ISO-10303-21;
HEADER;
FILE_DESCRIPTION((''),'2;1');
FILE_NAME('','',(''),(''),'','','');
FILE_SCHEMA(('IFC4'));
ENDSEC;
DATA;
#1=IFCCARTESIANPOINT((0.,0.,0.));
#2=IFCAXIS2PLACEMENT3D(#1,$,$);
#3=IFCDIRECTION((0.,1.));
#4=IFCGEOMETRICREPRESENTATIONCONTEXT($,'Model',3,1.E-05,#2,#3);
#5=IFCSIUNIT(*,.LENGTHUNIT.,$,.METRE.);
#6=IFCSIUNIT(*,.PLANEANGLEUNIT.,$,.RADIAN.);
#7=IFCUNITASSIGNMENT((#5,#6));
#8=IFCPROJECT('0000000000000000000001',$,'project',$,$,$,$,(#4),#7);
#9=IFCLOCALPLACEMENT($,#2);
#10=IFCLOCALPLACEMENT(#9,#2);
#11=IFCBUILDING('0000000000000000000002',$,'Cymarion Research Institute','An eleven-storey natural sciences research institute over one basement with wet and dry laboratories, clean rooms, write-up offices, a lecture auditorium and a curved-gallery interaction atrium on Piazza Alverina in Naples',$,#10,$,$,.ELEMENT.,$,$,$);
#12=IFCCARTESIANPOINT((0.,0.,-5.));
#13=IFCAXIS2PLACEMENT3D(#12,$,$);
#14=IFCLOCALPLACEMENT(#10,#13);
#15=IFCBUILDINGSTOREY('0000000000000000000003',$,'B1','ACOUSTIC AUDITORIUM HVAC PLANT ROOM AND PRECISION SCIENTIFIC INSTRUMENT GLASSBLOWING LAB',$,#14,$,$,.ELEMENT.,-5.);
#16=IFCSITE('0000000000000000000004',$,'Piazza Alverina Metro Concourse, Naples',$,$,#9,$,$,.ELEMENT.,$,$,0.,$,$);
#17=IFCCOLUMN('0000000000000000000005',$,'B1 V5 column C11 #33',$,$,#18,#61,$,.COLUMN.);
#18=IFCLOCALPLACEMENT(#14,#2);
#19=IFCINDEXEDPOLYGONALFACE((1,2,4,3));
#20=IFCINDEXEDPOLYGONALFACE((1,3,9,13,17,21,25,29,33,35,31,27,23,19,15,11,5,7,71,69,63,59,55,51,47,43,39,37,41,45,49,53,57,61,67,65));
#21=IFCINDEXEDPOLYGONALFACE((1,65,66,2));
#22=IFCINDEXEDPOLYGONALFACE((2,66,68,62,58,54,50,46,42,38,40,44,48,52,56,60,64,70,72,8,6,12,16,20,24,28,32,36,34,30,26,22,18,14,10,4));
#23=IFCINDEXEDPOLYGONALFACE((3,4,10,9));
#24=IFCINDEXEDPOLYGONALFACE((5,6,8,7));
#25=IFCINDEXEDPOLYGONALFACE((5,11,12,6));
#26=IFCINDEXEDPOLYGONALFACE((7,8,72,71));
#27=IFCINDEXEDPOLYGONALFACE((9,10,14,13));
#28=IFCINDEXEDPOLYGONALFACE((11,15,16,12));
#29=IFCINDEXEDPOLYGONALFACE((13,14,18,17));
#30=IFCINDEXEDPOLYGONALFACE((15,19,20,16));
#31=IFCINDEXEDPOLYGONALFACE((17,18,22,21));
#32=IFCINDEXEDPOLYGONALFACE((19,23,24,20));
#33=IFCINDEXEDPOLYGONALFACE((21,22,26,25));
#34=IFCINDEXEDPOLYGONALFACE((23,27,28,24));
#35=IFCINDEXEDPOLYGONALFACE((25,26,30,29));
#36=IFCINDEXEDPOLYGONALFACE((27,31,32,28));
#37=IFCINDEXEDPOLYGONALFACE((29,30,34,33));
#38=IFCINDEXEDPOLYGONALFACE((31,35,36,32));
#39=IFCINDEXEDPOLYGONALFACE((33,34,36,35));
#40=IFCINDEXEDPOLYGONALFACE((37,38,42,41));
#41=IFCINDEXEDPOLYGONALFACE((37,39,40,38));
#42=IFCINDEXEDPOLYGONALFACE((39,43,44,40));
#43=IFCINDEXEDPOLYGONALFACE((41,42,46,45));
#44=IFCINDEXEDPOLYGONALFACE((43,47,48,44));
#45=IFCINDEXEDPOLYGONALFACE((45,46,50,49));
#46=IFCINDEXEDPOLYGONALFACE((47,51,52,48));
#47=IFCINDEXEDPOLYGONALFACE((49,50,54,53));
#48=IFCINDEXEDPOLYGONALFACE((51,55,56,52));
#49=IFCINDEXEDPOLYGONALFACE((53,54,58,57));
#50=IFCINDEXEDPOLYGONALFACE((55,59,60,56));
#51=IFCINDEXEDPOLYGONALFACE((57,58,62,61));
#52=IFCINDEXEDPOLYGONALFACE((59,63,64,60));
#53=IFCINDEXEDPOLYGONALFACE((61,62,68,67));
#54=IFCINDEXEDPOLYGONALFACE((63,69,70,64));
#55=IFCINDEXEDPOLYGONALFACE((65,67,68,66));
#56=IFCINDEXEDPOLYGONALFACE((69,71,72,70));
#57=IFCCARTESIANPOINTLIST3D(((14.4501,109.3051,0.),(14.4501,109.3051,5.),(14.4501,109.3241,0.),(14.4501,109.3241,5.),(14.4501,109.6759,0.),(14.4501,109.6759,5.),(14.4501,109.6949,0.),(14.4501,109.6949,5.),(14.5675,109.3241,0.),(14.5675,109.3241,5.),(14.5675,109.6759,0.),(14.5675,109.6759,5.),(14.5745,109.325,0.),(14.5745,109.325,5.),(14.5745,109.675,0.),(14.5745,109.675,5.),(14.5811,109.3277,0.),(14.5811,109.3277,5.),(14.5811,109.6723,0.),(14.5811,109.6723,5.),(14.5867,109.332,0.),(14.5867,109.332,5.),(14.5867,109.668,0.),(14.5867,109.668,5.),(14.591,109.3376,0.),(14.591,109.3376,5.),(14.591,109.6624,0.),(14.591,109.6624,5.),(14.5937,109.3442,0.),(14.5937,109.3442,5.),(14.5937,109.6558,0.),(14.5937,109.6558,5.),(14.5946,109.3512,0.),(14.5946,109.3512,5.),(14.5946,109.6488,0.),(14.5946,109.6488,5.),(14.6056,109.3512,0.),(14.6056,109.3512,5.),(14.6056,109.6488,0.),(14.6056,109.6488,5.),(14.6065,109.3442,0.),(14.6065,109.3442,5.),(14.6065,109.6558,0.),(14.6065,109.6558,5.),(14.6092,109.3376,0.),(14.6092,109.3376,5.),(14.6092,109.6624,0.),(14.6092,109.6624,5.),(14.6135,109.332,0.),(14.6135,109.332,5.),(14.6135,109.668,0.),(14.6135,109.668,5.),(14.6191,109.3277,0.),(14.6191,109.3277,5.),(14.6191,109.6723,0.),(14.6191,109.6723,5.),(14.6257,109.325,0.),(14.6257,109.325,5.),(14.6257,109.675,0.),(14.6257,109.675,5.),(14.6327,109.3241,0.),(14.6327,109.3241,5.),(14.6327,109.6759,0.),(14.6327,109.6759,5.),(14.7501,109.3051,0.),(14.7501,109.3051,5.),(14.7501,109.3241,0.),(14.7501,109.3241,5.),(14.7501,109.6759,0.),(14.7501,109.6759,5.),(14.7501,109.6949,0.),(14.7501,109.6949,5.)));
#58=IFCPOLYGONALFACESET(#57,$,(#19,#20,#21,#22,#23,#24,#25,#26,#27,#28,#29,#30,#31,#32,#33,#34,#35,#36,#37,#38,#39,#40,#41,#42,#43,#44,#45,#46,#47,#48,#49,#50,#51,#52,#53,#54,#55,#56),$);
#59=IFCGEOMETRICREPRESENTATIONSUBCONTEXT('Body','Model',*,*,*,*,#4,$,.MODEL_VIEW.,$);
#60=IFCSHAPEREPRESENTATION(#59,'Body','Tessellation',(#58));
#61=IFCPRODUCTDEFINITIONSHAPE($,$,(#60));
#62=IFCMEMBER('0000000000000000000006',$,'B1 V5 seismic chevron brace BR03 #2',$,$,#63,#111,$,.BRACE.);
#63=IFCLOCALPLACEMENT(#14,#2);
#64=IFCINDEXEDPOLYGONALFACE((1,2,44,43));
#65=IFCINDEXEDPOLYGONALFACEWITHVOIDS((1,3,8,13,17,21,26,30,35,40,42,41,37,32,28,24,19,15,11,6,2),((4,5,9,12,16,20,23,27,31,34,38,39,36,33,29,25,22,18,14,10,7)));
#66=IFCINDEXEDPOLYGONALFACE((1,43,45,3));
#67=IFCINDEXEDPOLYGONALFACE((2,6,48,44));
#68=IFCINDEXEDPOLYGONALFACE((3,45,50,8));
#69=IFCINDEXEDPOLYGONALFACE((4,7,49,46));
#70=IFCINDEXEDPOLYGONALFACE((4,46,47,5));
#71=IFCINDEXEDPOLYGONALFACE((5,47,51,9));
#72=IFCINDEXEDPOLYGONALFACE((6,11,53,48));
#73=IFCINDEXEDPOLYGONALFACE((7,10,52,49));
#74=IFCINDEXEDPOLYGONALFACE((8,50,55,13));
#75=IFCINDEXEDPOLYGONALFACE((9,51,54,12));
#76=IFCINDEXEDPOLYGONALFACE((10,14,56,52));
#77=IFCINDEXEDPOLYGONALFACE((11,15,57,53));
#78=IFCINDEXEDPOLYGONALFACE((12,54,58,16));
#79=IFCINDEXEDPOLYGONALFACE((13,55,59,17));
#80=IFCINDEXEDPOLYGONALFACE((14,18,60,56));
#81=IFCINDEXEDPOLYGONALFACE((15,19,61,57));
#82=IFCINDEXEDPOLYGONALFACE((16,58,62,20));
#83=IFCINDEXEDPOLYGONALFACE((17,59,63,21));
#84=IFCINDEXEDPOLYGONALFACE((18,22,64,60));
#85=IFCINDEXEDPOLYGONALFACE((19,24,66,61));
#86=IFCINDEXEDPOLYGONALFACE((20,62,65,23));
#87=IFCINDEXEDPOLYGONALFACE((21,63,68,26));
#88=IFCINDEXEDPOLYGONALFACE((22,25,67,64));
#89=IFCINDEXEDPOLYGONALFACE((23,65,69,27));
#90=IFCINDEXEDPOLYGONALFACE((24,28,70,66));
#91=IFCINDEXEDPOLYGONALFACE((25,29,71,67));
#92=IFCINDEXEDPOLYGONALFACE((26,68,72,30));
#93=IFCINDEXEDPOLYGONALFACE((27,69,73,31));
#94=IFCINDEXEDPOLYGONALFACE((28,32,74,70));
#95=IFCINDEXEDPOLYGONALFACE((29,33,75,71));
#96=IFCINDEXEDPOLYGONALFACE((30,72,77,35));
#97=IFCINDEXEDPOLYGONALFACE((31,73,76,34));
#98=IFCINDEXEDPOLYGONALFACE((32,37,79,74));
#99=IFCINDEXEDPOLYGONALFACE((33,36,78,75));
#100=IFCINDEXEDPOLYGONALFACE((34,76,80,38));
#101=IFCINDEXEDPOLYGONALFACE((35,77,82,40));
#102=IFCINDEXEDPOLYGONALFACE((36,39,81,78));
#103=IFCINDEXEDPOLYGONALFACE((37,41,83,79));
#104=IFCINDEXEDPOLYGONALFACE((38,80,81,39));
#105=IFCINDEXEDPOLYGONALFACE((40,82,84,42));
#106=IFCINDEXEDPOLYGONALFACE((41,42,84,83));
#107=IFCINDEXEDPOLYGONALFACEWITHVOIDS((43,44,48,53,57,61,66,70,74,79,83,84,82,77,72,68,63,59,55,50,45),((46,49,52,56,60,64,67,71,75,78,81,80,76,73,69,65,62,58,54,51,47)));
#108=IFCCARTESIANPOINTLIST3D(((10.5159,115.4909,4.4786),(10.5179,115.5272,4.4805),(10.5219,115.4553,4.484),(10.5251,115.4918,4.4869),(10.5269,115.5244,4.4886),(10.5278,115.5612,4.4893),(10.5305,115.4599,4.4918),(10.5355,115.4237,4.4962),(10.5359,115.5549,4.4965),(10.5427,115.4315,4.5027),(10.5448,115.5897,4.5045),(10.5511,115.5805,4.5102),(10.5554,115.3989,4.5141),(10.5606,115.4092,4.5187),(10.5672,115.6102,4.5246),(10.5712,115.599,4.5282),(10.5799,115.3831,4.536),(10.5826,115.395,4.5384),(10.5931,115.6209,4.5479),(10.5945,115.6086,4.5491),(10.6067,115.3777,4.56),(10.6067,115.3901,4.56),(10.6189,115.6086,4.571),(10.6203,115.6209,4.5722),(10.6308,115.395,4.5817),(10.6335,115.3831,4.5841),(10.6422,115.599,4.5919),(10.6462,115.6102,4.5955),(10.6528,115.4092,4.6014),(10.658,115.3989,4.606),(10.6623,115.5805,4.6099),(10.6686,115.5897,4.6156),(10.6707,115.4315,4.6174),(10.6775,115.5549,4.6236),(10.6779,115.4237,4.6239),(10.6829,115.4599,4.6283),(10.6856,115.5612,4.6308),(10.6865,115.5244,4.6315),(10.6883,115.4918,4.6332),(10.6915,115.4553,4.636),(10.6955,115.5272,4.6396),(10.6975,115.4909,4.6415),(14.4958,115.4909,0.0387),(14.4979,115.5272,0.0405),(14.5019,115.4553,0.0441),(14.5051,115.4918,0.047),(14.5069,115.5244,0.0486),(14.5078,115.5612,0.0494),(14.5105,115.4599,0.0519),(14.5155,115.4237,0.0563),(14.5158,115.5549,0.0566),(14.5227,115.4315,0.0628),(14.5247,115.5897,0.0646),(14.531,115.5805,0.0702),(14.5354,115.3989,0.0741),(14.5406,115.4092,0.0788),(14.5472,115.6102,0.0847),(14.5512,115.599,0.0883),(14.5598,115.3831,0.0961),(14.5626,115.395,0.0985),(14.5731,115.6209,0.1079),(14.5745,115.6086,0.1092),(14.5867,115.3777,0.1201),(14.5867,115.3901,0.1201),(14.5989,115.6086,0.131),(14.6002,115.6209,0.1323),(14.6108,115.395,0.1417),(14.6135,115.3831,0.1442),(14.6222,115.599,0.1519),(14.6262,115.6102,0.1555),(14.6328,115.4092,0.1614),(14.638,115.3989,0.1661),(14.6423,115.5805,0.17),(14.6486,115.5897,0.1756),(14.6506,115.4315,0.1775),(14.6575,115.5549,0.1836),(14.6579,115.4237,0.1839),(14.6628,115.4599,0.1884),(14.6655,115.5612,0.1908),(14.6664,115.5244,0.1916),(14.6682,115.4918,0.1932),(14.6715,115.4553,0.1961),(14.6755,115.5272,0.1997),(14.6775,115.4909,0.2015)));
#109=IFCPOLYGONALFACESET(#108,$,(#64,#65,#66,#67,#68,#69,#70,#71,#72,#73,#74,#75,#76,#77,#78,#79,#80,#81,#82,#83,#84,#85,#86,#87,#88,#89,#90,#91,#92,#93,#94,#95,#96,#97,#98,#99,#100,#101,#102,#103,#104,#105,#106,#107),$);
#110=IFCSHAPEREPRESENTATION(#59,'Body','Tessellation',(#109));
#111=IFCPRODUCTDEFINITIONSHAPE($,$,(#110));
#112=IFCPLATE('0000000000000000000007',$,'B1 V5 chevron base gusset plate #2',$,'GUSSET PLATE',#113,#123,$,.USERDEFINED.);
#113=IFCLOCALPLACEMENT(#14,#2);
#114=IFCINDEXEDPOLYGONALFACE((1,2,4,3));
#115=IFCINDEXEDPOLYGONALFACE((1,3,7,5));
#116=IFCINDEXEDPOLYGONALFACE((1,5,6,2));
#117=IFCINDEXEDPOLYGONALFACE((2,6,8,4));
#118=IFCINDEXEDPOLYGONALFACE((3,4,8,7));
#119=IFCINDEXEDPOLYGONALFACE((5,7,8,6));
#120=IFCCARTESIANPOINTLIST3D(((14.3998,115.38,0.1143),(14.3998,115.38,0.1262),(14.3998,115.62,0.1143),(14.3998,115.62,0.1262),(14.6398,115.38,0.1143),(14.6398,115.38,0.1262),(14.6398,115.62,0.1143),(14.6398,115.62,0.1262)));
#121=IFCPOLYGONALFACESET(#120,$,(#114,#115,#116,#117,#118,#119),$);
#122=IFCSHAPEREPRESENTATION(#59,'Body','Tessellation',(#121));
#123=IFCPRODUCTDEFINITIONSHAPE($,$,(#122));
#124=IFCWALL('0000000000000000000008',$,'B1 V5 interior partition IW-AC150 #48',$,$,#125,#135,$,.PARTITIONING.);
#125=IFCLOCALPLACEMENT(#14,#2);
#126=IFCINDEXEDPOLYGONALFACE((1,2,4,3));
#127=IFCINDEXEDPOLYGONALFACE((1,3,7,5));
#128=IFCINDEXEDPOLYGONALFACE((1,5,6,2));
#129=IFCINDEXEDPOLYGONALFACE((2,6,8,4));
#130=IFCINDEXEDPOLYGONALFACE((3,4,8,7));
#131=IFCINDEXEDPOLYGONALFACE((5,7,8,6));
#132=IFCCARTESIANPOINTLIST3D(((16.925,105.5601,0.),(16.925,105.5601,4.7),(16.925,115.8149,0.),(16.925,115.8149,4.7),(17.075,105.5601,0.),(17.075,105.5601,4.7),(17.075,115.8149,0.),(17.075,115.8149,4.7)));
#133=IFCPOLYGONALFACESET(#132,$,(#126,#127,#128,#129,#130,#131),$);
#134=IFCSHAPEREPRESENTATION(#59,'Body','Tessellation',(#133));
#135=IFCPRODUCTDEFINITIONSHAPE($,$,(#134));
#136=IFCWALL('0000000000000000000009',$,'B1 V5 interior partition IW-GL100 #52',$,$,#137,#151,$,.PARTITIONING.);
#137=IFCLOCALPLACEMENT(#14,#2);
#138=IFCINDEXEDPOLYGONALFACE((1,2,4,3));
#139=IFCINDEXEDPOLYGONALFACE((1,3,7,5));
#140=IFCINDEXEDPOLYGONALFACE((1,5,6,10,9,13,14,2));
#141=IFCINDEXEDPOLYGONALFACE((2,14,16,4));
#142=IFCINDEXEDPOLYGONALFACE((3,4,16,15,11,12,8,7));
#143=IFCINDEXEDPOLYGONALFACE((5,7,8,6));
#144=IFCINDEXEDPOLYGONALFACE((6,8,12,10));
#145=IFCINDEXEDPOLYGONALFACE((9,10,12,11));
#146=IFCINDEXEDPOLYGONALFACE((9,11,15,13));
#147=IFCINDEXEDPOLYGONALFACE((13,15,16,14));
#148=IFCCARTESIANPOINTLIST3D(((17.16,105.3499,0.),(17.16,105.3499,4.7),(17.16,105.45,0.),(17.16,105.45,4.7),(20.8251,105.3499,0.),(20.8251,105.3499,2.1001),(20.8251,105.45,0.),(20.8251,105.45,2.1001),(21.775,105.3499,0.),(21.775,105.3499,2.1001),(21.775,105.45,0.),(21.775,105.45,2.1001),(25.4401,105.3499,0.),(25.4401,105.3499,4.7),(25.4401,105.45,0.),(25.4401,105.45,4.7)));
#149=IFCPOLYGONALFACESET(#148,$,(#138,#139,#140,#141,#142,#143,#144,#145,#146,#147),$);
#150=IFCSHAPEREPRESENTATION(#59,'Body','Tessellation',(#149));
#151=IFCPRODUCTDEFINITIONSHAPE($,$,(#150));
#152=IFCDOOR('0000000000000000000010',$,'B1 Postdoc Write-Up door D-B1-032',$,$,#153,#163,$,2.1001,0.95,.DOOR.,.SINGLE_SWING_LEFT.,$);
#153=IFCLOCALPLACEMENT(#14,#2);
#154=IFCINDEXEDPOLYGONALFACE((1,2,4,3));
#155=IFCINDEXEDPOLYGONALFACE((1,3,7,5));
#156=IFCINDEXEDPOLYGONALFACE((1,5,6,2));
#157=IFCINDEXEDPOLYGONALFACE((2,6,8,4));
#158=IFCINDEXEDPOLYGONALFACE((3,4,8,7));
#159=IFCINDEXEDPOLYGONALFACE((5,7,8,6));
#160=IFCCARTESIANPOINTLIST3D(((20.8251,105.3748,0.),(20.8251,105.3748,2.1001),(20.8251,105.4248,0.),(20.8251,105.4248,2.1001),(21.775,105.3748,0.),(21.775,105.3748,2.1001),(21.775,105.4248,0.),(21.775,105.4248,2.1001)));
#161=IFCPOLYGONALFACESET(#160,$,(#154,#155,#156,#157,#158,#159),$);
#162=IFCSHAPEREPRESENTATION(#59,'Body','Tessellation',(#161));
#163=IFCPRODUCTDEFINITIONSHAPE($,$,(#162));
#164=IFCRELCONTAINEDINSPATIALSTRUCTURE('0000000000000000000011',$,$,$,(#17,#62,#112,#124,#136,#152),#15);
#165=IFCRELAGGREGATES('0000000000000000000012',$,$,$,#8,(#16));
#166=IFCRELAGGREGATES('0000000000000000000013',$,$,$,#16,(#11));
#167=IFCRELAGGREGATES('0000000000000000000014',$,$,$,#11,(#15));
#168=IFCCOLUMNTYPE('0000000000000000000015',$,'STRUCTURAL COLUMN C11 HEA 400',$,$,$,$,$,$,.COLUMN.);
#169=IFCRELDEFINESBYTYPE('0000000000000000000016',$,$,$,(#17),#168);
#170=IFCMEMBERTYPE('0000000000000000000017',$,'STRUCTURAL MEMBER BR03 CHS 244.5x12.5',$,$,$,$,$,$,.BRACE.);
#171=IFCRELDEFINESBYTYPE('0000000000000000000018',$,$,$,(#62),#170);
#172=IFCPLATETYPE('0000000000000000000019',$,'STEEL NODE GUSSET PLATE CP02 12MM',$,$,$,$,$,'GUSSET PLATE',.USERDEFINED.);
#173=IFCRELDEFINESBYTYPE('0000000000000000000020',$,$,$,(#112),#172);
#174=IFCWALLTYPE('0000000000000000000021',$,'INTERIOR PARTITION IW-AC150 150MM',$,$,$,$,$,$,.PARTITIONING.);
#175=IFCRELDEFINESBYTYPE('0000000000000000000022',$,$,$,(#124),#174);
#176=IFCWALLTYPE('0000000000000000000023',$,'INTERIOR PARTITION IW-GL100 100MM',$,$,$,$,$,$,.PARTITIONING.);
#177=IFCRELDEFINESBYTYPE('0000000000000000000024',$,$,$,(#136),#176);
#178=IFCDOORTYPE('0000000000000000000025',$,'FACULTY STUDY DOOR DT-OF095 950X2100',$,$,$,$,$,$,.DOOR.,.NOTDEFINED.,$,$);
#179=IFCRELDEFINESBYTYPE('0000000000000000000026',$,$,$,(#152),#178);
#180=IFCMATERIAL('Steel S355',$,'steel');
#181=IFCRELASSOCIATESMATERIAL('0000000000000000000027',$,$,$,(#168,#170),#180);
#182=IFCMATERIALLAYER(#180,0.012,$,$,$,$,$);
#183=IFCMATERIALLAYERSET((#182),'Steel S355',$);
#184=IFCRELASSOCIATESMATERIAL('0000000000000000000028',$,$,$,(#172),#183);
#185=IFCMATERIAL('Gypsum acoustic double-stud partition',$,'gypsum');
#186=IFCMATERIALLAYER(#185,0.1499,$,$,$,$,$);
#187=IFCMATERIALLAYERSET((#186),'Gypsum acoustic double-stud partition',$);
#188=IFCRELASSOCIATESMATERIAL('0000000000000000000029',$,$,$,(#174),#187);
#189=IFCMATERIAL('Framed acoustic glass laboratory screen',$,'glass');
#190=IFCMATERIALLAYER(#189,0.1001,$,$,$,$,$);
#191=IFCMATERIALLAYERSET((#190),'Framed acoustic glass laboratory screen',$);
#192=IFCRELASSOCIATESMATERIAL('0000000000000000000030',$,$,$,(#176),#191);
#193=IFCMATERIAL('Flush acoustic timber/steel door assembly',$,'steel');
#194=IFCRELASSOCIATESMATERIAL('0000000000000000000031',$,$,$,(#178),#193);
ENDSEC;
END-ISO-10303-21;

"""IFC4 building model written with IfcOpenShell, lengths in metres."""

from ifc_helpers import new_model, si_unit, direction, frame, frame_2d, origin, origin_2d, place, context, subcontext, project, spatial, rectangle, hollow_circle, i_section, extrude, material, layer, layer_set, material_profile, profile_set, type_object, element, fill, save


model = new_model("IFC4")

# Units and contexts
model_context = context("Model", 3, precision=1e-05, world=origin(), true_north=direction((0.0, 1.0)))
body_context = subcontext(model_context, "Body", "Model", "MODEL_VIEW")
ifc_project = project(units=[si_unit("LENGTHUNIT", "METRE"), si_unit("PLANEANGLEUNIT", "RADIAN")], contexts=[model_context])

# Site, building, storey
site_placement = place(None, origin())
site = spatial("IfcSite", under=ifc_project, at=site_placement, Name="Piazza Alverina Metro Concourse, Naples", CompositionType="ELEMENT", RefElevation=0.0)
building_placement = place(site_placement, origin())
building = spatial("IfcBuilding", under=site, at=building_placement, Name="Cymarion Research Institute", Description="An eleven-storey natural sciences research institute over one basement with wet and dry laboratories, clean rooms, write-up offices, a lecture auditorium and a curved-gallery interaction atrium on Piazza Alverina in Naples", CompositionType="ELEMENT")
storey_placement = place(building_placement, frame((0.0, 0.0, -5.0)))
storey = spatial("IfcBuildingStorey", under=building, at=storey_placement, Name="B1", Description="ACOUSTIC AUDITORIUM HVAC PLANT ROOM AND PRECISION SCIENTIFIC INSTRUMENT GLASSBLOWING LAB", CompositionType="ELEMENT", Elevation=-5.0)

# Column
ifc_material_1 = material(Name="Steel S355", Category="steel")
ifc_material_profile_1 = material_profile(ifc_material_1, i_section(OverallWidth=0.3, OverallDepth=0.3899, WebThickness=0.011, FlangeThickness=0.019, FilletRadius=0.0271, at=origin_2d()), Name="HEA 400")
ifc_profile_set_1 = profile_set([ifc_material_profile_1], Name="Steel S355")
column_type_1 = type_object("IfcColumnType", Name="STRUCTURAL COLUMN C11 HEA 400", PredefinedType="COLUMN", material=ifc_profile_set_1)
column_1_placement = place(storey_placement, frame((14.6001, 109.5, 0.0), z_axis=(0.0, 0.0, 1.0), x_axis=(1.0, 0.0, 0.0)))
element("IfcColumn", 1, at=column_1_placement, inside=storey, type_object=column_type_1, Name="B1 V5 column C11 #33", PredefinedType="COLUMN", context=body_context, shape_type="SweptSolid", body=[
    extrude(i_section(OverallWidth=0.3, OverallDepth=0.3899, WebThickness=0.011, FlangeThickness=0.019, FilletRadius=0.0271, at=origin_2d()), origin(), (0.0, 0.0, 1.0), 5.0),
])

# Member
ifc_material_profile_2 = material_profile(ifc_material_1, hollow_circle(Radius=0.1223, WallThickness=0.0125, at=origin_2d()), Name="CHS 244.5x12.5")
ifc_profile_set_2 = profile_set([ifc_material_profile_2], Name="Steel S355")
member_type = type_object("IfcMemberType", Name="STRUCTURAL MEMBER BR03 CHS 244.5x12.5", PredefinedType="BRACE", material=ifc_profile_set_2)
member_placement = place(storey_placement, frame((14.5867, 115.5, 0.1201), z_axis=(-0.667484, 0.0, 0.744624), x_axis=(0.0, -1.0, 0.0)))
element("IfcMember", 2, at=member_placement, inside=storey, type_object=member_type, Name="B1 V5 seismic chevron brace BR03 #2", PredefinedType="BRACE", context=body_context, shape_type="SweptSolid", body=[
    extrude(hollow_circle(Radius=0.1223, WallThickness=0.0125, at=origin_2d()), origin(), (0.0, 0.0, 1.0), 5.9626),
])

# Plate
ifc_layer_1 = layer(ifc_material_1, 0.012)
ifc_layer_set_1 = layer_set([ifc_layer_1], Name="Steel S355")
plate_type = type_object("IfcPlateType", Name="STEEL NODE GUSSET PLATE CP02 12MM", ElementType="GUSSET PLATE", PredefinedType="USERDEFINED", material=ifc_layer_set_1)
plate_placement = place(storey_placement, frame((14.5198, 115.5, 0.1143), z_axis=(0.0, 0.0, 1.0), x_axis=(1.0, 0.0, 0.0)))
element("IfcPlate", 3, at=plate_placement, inside=storey, type_object=plate_type, Name="B1 V5 chevron base gusset plate #2", ObjectType="GUSSET PLATE", PredefinedType="USERDEFINED", context=body_context, shape_type="SweptSolid", body=[
    extrude(rectangle(XDim=0.24, YDim=0.24, at=origin_2d()), origin(), (0.0, 0.0, 1.0), 0.012),
])

# Wall
ifc_material_2 = material(Name="Gypsum acoustic double-stud partition", Category="gypsum")
ifc_layer_2 = layer(ifc_material_2, 0.1499)
ifc_layer_set_2 = layer_set([ifc_layer_2], Name="Gypsum acoustic double-stud partition")
wall_type_1 = type_object("IfcWallType", Name="INTERIOR PARTITION IW-AC150 150MM", PredefinedType="PARTITIONING", material=ifc_layer_set_2)
wall_1_placement = place(storey_placement, frame((17.0, 105.5601, 0.0), z_axis=(0.0, 0.0, 1.0), x_axis=(0.0, 1.0, 0.0)))
element("IfcWall", 4, at=wall_1_placement, inside=storey, type_object=wall_type_1, Name="B1 V5 interior partition IW-AC150 #48", PredefinedType="PARTITIONING", context=body_context, shape_type="SweptSolid", body=[
    extrude(rectangle(XDim=10.2549, YDim=0.1499, at=frame_2d((5.1274, 0.0))), origin(), (0.0, 0.0, 1.0), 4.7),
])

# Wall, opening, door
ifc_material_3 = material(Name="Framed acoustic glass laboratory screen", Category="glass")
ifc_layer_3 = layer(ifc_material_3, 0.1001)
ifc_layer_set_3 = layer_set([ifc_layer_3], Name="Framed acoustic glass laboratory screen")
wall_type_2 = type_object("IfcWallType", Name="INTERIOR PARTITION IW-GL100 100MM", PredefinedType="PARTITIONING", material=ifc_layer_set_3)
wall_2_placement = place(storey_placement, frame((17.1599, 105.3999, 0.0), z_axis=(0.0, 0.0, 1.0), x_axis=(1.0, 0.0, 0.0)))
wall_2 = element("IfcWall", 5, at=wall_2_placement, inside=storey, type_object=wall_type_2, Name="B1 V5 interior partition IW-GL100 #52", PredefinedType="PARTITIONING", context=body_context, shape_type="SweptSolid", body=[
    extrude(rectangle(XDim=8.28, YDim=0.1001, at=frame_2d((4.1401, 0.0))), origin(), (0.0, 0.0, 1.0), 4.7),
])
opening_1_placement = place(wall_2_placement, frame((3.665, 0.0, 0.0)))
opening_1 = element("IfcOpeningElement", 6, at=opening_1_placement, cuts=wall_2, PredefinedType="OPENING", context=body_context, shape_type="SweptSolid", body=[
    extrude(rectangle(XDim=0.95, YDim=2.1001, at=frame_2d((0.4751, 1.05))), frame((0.0, 0.0601, 0.0), z_axis=(0.0, -1.0, 0.0), x_axis=(1.0, 0.0, 0.0)), (0.0, 0.0, 1.0), 0.1201),
])
ifc_material_4 = material(Name="Flush acoustic timber/steel door assembly", Category="steel")
door_type_1 = type_object("IfcDoorType", Name="FACULTY STUDY DOOR DT-OF095 950X2100", OperationType="NOTDEFINED", PredefinedType="DOOR", material=ifc_material_4)
door_1_placement = place(opening_1_placement, origin())
door_1 = element("IfcDoor", 7, at=door_1_placement, inside=storey, type_object=door_type_1, Name="B1 Postdoc Write-Up door D-B1-032", OperationType="SINGLE_SWING_LEFT", OverallHeight=2.1001, OverallWidth=0.95, PredefinedType="DOOR", context=body_context, shape_type="SweptSolid", body=[
    extrude(rectangle(XDim=0.95, YDim=2.1001, at=frame_2d((0.4751, 1.05))), frame((0.0, 0.0249, 0.0), z_axis=(0.0, -1.0, 0.0), x_axis=(1.0, 0.0, 0.0)), (0.0, 0.0, 1.0), 0.05),
])
fill(opening_1, door_1)

save(model, "model.ifc")
